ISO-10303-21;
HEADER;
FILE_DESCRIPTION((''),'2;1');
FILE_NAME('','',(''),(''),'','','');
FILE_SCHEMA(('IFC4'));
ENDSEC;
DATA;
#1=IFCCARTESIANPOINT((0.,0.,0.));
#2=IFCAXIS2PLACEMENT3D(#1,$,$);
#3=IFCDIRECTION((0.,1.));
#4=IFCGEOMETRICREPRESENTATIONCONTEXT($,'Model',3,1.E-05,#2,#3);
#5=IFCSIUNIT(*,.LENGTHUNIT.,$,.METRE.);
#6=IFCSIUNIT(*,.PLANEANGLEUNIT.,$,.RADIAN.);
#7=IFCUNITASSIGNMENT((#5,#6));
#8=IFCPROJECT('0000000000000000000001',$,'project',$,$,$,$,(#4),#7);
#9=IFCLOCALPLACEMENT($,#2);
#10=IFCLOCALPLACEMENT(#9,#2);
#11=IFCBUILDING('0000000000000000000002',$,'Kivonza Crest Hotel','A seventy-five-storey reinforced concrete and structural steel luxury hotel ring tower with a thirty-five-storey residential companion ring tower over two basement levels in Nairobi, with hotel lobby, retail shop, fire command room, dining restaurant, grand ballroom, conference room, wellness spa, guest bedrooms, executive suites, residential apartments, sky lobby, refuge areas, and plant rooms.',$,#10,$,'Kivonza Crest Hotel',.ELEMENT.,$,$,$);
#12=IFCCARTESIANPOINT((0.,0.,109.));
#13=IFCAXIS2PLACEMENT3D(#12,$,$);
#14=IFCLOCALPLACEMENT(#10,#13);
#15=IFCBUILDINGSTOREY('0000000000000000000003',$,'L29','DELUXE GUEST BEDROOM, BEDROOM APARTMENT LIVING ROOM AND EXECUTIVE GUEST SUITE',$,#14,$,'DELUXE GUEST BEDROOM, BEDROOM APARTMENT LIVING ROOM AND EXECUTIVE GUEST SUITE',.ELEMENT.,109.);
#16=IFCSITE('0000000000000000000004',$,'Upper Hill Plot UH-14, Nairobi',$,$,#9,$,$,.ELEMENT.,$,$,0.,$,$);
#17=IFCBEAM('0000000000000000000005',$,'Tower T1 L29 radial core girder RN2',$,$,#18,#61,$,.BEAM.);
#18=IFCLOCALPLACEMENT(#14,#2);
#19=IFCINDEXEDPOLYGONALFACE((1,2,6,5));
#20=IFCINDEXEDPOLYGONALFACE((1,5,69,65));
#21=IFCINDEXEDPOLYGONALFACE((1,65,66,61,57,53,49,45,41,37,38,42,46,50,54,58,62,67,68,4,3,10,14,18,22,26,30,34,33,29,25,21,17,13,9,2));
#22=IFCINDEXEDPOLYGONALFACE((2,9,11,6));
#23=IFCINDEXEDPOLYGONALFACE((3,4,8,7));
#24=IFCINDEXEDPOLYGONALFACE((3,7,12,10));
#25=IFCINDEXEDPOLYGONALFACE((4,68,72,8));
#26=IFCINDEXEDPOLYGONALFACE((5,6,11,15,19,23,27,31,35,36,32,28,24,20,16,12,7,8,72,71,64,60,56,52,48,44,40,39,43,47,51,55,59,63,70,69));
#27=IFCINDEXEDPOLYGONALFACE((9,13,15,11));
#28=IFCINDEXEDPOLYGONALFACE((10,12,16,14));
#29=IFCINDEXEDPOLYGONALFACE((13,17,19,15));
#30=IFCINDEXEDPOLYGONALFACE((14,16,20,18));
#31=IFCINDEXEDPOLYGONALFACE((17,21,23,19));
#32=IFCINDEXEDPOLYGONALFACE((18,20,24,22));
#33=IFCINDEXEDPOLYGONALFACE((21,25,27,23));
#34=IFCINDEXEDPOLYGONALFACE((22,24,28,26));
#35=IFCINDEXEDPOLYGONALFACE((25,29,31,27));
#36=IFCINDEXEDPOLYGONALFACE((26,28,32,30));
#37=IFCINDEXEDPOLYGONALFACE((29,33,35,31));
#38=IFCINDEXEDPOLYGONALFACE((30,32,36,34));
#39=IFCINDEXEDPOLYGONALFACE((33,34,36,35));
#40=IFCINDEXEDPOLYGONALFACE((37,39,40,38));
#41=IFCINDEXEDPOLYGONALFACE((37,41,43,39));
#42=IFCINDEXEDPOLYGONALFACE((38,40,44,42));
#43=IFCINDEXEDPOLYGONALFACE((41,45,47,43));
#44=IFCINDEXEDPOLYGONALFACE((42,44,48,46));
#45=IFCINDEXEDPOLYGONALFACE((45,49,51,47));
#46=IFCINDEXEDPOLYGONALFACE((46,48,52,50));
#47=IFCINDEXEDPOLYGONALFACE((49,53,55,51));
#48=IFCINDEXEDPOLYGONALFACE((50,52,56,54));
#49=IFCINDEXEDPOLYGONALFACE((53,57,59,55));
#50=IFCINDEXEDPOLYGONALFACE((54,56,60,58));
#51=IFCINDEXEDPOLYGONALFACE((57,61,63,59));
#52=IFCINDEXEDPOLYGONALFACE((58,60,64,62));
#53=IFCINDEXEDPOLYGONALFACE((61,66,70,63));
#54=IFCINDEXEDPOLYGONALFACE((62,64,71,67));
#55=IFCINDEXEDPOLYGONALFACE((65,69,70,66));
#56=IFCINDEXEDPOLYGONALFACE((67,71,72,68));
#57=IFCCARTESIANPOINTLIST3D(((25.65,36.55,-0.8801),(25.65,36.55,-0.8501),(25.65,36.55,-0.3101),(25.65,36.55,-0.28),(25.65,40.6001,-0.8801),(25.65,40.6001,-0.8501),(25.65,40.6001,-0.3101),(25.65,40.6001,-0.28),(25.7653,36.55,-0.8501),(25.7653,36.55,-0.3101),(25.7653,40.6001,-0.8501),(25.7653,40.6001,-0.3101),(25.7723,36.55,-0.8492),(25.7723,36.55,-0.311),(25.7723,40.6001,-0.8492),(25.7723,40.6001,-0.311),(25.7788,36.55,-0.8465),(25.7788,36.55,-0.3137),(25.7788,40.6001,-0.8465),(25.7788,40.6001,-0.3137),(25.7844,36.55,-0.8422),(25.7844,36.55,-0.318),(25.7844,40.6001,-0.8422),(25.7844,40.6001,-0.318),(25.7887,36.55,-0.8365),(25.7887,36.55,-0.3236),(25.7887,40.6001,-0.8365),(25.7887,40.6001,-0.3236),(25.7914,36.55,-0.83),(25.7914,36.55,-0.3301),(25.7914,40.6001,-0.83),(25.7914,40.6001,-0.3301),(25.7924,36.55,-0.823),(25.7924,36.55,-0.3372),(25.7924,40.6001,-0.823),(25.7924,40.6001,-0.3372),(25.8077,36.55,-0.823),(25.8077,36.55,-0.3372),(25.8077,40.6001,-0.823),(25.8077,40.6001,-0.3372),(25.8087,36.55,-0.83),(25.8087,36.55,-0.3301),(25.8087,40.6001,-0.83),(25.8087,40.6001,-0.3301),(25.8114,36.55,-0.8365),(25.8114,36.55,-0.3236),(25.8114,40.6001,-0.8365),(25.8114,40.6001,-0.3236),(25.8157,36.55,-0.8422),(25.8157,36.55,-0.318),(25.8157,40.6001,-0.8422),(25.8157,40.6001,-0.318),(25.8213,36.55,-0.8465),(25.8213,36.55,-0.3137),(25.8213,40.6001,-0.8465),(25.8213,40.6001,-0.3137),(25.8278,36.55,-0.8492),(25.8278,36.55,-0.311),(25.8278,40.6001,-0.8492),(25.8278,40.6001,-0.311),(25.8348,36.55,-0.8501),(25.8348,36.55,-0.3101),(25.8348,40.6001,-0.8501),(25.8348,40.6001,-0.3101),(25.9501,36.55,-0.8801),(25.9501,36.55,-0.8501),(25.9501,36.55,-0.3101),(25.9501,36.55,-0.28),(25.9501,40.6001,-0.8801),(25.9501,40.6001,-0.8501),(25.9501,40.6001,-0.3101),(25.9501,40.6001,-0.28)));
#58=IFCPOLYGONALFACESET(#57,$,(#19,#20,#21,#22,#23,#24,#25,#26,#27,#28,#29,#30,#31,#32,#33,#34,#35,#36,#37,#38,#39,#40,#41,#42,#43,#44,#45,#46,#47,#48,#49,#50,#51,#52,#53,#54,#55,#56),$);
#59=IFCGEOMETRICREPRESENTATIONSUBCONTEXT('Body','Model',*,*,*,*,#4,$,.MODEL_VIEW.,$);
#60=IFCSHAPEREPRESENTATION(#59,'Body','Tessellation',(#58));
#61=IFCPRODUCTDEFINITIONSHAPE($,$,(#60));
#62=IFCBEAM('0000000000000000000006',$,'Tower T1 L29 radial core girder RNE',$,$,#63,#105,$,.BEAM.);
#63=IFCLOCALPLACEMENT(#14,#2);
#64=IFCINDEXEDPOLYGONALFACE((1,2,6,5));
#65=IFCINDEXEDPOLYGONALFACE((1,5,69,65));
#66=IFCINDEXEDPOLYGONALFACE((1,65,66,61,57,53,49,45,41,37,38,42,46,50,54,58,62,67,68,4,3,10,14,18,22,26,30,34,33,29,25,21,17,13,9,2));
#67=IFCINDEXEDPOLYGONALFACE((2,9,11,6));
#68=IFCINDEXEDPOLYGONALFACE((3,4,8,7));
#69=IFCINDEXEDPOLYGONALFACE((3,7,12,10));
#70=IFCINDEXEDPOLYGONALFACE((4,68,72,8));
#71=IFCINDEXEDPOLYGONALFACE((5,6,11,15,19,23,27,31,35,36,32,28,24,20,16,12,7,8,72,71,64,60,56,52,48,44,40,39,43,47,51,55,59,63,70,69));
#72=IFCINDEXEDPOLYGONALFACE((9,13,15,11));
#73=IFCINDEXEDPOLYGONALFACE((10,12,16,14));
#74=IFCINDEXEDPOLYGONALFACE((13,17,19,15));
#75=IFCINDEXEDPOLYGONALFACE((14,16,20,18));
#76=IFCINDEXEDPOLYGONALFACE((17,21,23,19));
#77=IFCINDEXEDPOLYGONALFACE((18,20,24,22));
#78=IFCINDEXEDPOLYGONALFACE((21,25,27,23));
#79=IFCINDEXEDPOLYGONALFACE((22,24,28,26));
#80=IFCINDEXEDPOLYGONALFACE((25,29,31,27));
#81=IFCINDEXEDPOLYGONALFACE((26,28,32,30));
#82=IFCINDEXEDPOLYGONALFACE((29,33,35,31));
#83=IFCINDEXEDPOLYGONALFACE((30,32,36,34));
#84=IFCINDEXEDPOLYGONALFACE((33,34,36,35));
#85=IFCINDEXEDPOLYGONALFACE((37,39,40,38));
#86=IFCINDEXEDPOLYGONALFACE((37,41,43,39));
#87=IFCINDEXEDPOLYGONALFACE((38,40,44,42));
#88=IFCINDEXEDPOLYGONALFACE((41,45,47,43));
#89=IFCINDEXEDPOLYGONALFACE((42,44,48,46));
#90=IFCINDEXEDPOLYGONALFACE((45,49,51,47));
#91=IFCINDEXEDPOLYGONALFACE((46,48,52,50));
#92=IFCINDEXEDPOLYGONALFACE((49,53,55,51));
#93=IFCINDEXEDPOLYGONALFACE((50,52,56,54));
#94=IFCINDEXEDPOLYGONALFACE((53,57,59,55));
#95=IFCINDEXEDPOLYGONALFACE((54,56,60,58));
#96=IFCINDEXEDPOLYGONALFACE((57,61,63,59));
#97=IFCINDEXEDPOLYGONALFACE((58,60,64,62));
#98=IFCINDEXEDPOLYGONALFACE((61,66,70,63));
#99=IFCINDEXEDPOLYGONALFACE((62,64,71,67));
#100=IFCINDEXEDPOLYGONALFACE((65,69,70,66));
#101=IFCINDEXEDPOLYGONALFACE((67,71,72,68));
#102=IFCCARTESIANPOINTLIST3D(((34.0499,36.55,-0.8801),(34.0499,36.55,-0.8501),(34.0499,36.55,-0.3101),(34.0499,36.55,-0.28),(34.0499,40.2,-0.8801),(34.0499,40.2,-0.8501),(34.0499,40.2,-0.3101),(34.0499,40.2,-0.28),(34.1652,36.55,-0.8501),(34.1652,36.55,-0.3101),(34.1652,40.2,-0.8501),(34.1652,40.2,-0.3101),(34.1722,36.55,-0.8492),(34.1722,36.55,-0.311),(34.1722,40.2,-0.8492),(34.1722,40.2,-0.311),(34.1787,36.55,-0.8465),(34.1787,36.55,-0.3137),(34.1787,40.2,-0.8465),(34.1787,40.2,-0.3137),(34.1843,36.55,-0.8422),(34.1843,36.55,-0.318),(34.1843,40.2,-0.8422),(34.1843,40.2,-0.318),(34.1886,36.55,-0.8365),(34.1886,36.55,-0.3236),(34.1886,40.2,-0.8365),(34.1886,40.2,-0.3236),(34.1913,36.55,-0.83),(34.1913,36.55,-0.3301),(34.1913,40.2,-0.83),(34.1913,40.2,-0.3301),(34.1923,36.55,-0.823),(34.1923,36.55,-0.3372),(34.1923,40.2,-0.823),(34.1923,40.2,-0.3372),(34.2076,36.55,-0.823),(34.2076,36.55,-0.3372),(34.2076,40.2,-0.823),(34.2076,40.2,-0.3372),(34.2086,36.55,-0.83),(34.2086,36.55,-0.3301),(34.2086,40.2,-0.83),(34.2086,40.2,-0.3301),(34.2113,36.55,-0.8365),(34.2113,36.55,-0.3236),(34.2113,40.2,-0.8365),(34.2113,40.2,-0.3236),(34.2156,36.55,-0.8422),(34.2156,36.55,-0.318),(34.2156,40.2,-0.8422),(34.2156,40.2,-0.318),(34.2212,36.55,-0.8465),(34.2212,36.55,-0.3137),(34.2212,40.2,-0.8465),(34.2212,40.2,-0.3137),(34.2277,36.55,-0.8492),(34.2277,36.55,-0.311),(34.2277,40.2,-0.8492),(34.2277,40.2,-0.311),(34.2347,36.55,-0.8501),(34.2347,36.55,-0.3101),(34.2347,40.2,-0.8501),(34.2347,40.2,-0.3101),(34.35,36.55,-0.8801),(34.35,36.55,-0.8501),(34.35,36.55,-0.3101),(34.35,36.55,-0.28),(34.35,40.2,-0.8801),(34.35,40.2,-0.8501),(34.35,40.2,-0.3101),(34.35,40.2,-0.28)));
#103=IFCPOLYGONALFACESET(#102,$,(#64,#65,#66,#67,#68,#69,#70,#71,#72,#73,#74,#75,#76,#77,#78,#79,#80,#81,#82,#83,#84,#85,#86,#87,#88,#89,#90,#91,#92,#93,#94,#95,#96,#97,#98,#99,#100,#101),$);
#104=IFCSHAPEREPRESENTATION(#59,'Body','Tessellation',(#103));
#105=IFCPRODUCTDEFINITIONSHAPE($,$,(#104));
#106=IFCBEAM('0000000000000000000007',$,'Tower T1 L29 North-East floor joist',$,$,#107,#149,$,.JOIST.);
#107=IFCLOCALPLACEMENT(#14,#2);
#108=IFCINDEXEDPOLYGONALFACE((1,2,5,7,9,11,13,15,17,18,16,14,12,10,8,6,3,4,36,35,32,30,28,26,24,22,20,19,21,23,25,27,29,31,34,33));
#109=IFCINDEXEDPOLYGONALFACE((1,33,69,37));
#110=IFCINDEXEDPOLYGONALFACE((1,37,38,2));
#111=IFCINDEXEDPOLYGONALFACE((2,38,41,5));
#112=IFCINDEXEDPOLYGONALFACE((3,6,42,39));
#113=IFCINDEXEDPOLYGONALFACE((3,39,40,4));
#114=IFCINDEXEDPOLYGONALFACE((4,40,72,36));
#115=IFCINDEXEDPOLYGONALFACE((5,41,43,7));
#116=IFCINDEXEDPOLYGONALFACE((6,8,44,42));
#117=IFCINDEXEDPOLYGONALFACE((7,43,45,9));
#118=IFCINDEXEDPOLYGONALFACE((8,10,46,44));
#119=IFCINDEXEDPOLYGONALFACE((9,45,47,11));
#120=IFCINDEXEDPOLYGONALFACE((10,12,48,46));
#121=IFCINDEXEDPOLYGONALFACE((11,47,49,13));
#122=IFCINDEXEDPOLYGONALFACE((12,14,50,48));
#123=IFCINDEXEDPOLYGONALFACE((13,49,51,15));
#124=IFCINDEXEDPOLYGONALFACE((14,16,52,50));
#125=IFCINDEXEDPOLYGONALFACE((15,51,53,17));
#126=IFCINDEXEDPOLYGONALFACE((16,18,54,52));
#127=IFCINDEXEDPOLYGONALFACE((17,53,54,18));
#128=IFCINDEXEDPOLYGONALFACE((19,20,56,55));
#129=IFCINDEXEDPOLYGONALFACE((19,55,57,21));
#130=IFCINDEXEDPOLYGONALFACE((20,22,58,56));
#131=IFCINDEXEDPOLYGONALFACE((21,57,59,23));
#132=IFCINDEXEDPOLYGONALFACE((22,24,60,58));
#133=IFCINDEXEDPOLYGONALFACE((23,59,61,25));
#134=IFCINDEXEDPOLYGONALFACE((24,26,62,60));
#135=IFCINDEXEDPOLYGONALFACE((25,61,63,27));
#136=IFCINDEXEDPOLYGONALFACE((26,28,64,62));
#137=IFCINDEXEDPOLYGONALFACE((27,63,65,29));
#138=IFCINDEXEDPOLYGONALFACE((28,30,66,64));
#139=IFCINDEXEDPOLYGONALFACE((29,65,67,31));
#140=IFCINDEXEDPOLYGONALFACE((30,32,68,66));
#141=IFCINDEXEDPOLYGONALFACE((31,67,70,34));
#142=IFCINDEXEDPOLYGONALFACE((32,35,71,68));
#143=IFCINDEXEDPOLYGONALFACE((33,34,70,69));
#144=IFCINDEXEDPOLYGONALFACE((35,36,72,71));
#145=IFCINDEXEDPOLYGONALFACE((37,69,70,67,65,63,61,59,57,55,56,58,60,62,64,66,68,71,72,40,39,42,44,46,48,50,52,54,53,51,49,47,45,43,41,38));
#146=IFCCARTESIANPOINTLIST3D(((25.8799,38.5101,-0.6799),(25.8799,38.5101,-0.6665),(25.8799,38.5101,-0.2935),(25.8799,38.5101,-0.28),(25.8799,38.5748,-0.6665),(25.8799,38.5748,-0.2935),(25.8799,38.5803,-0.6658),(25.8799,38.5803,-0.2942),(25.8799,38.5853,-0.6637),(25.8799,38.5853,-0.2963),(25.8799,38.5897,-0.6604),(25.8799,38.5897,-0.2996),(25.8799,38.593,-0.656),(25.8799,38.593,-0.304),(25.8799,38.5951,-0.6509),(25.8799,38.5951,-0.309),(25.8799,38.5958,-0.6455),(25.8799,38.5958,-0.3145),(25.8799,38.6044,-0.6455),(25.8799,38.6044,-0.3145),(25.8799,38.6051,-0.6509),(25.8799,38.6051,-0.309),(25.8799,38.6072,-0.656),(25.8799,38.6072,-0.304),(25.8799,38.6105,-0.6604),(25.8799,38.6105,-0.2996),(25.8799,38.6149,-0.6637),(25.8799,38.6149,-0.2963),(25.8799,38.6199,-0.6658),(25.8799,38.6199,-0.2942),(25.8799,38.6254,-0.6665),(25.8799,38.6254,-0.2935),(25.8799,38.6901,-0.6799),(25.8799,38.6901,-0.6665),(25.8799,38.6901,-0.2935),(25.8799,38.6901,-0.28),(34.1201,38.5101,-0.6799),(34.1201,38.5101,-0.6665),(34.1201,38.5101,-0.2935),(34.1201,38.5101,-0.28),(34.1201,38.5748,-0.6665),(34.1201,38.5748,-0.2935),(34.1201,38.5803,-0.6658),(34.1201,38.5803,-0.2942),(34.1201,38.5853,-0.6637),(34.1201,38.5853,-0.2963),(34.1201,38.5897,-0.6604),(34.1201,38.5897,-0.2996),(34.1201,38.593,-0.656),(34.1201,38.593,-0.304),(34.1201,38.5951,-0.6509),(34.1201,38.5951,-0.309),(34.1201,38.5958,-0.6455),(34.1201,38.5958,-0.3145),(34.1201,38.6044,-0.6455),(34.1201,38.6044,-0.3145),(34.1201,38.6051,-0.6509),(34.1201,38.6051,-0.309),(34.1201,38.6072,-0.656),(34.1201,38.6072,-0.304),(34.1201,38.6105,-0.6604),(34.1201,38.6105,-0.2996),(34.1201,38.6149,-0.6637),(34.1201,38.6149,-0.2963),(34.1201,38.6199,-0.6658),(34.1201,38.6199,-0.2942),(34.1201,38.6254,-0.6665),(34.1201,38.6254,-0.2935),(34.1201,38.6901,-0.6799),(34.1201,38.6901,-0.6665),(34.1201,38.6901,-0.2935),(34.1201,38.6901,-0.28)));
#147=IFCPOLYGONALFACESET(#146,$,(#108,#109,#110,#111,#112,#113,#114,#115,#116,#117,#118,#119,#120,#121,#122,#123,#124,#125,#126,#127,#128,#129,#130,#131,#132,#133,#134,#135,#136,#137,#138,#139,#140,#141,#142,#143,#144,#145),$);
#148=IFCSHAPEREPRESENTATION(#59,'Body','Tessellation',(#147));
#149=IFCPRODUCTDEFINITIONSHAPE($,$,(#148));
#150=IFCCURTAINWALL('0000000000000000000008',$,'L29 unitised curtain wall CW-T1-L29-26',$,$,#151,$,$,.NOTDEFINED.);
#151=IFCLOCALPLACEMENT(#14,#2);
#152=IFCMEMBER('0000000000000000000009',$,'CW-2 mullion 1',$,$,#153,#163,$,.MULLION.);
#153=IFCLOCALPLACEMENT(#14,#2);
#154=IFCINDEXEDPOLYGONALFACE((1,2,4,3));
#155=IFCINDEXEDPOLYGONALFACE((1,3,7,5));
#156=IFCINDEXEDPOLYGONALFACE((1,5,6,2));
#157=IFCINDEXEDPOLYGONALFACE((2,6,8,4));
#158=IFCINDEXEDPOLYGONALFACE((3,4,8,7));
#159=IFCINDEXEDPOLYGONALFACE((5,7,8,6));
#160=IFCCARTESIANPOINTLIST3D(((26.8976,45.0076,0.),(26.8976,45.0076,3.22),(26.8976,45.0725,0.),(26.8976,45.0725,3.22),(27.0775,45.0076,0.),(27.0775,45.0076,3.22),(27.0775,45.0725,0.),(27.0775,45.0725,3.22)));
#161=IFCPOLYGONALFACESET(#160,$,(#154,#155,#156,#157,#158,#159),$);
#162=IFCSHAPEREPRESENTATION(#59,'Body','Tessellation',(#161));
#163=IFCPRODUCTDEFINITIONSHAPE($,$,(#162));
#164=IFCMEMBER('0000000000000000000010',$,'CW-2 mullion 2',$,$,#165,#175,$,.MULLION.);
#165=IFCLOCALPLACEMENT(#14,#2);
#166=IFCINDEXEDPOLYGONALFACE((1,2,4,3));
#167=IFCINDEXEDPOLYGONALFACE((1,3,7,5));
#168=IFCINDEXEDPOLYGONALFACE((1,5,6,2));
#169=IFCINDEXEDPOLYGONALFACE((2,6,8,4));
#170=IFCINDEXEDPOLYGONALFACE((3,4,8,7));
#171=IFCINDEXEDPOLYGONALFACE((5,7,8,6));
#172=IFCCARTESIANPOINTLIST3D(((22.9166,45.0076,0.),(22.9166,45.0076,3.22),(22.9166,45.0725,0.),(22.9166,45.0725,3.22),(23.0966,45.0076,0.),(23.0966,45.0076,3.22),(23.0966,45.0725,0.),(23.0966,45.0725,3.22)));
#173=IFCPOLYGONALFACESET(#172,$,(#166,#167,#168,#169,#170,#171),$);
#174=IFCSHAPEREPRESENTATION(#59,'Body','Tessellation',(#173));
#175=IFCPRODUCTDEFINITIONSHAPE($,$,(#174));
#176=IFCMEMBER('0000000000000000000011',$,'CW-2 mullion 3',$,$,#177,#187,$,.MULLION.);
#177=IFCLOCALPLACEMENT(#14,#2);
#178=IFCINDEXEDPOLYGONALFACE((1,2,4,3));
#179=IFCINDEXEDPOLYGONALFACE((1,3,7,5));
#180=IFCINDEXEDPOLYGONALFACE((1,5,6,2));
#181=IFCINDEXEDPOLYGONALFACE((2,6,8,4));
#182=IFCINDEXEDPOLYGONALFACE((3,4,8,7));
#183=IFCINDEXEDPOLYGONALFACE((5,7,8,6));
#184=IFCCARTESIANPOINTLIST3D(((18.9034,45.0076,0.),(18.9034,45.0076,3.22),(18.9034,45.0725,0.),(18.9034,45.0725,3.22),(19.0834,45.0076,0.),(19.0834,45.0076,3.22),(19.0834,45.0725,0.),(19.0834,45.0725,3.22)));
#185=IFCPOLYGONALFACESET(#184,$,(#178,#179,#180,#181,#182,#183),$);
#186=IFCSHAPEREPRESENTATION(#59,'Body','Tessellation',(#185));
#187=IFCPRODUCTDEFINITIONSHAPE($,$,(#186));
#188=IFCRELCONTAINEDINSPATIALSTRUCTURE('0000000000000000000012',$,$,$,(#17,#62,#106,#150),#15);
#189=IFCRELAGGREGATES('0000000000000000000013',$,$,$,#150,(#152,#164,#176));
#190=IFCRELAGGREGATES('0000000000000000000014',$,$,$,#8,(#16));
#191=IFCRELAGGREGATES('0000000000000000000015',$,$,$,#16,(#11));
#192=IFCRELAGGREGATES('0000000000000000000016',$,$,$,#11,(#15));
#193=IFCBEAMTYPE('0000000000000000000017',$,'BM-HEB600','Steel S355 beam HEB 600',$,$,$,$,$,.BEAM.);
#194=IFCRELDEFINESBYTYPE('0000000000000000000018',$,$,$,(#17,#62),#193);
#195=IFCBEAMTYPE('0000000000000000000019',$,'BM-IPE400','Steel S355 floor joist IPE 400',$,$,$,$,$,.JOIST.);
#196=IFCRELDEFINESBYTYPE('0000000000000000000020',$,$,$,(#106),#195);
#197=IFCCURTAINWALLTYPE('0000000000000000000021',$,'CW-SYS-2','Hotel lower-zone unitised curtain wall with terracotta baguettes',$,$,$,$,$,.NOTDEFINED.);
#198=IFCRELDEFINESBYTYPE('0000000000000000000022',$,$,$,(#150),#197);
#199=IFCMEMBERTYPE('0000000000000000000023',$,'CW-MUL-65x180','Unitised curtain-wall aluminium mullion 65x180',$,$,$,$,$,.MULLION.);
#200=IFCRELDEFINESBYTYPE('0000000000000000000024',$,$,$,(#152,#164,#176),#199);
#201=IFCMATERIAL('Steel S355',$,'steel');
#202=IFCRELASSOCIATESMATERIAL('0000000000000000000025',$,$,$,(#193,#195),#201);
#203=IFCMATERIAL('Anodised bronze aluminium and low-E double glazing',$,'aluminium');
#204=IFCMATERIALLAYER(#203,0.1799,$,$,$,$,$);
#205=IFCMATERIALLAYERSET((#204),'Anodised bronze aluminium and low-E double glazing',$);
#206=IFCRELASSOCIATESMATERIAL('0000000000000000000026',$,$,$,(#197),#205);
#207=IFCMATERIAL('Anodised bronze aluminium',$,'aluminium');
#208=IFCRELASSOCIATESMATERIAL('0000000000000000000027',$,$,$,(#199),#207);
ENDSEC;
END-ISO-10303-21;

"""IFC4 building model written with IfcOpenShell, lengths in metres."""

from ifc_helpers import new_model, si_unit, direction, frame, origin, origin_2d, place, context, subcontext, project, spatial, rectangle, i_section, extrude, material, layer, layer_set, material_profile, profile_set, type_object, element, aggregate, save


model = new_model("IFC4")

# Units and contexts
model_context = context("Model", 3, precision=1e-05, world=origin(), true_north=direction((0.0, 1.0)))
body_context = subcontext(model_context, "Body", "Model", "MODEL_VIEW")
ifc_project = project(units=[si_unit("LENGTHUNIT", "METRE"), si_unit("PLANEANGLEUNIT", "RADIAN")], contexts=[model_context])

# Site, building, storey
site_placement = place(None, origin())
site = spatial("IfcSite", under=ifc_project, at=site_placement, Name="Upper Hill Plot UH-14, Nairobi", CompositionType="ELEMENT", RefElevation=0.0)
building_placement = place(site_placement, origin())
building = spatial("IfcBuilding", under=site, at=building_placement, Name="Kivonza Crest Hotel", Description="A seventy-five-storey reinforced concrete and structural steel luxury hotel ring tower with a thirty-five-storey residential companion ring tower over two basement levels in Nairobi, with hotel lobby, retail shop, fire command room, dining restaurant, grand ballroom, conference room, wellness spa, guest bedrooms, executive suites, residential apartments, sky lobby, refuge areas, and plant rooms.", LongName="Kivonza Crest Hotel", CompositionType="ELEMENT")
storey_placement = place(building_placement, frame((0.0, 0.0, 109.0)))
storey = spatial("IfcBuildingStorey", under=building, at=storey_placement, Name="L29", Description="DELUXE GUEST BEDROOM, BEDROOM APARTMENT LIVING ROOM AND EXECUTIVE GUEST SUITE", LongName="DELUXE GUEST BEDROOM, BEDROOM APARTMENT LIVING ROOM AND EXECUTIVE GUEST SUITE", CompositionType="ELEMENT", Elevation=109.0)

# Beams
ifc_material_1 = material(Name="Steel S355", Category="steel")
ifc_material_profile_1 = material_profile(ifc_material_1, i_section(OverallWidth=0.3, OverallDepth=0.6001, WebThickness=0.0154, FlangeThickness=0.03, FilletRadius=0.0271, at=origin_2d()), Name="HEB 600")
ifc_profile_set_1 = profile_set([ifc_material_profile_1], Name="Steel S355")
beam_type_1 = type_object("IfcBeamType", Name="BM-HEB600", Description="Steel S355 beam HEB 600", PredefinedType="BEAM", material=ifc_profile_set_1)
beam_1_placement = place(storey_placement, frame((25.8, 40.6001, -0.5801), z_axis=(0.0, -1.0, 0.0), x_axis=(1.0, 0.0, 0.0)))
element("IfcBeam", 1, at=beam_1_placement, inside=storey, type_object=beam_type_1, Name="Tower T1 L29 radial core girder RN2", PredefinedType="BEAM", context=body_context, shape_type="SweptSolid", body=[
    extrude(i_section(OverallWidth=0.3, OverallDepth=0.6001, WebThickness=0.0154, FlangeThickness=0.03, FilletRadius=0.0271, at=origin_2d()), origin(), (0.0, 0.0, 1.0), 4.05),
])
beam_2_placement = place(storey_placement, frame((34.2, 40.2, -0.5801), z_axis=(0.0, -1.0, 0.0), x_axis=(1.0, 0.0, 0.0)))
element("IfcBeam", 2, at=beam_2_placement, inside=storey, type_object=beam_type_1, Name="Tower T1 L29 radial core girder RNE", PredefinedType="BEAM", context=body_context, shape_type="SweptSolid", body=[
    extrude(i_section(OverallWidth=0.3, OverallDepth=0.6001, WebThickness=0.0154, FlangeThickness=0.03, FilletRadius=0.0271, at=origin_2d()), origin(), (0.0, 0.0, 1.0), 3.6499),
])
ifc_material_profile_2 = material_profile(ifc_material_1, i_section(OverallWidth=0.1799, OverallDepth=0.3999, WebThickness=0.0085, FlangeThickness=0.0134, FilletRadius=0.021, at=origin_2d()), Name="IPE 400")
ifc_profile_set_2 = profile_set([ifc_material_profile_2], Name="Steel S355")
beam_type_2 = type_object("IfcBeamType", Name="BM-IPE400", Description="Steel S355 floor joist IPE 400", PredefinedType="JOIST", material=ifc_profile_set_2)
beam_3_placement = place(storey_placement, frame((25.8799, 38.6001, -0.48), z_axis=(1.0, 0.0, 0.0), x_axis=(0.0, 1.0, 0.0)))
element("IfcBeam", 3, at=beam_3_placement, inside=storey, type_object=beam_type_2, Name="Tower T1 L29 North-East floor joist", PredefinedType="JOIST", context=body_context, shape_type="SweptSolid", body=[
    extrude(i_section(OverallWidth=0.1799, OverallDepth=0.3999, WebThickness=0.0085, FlangeThickness=0.0134, FilletRadius=0.021, at=origin_2d()), origin(), (0.0, 0.0, 1.0), 8.2402),
])

# Curtain wall, members
ifc_material_2 = material(Name="Anodised bronze aluminium and low-E double glazing", Category="aluminium")
ifc_layer_1 = layer(ifc_material_2, 0.1799)
ifc_layer_set_1 = layer_set([ifc_layer_1], Name="Anodised bronze aluminium and low-E double glazing")
curtain_wall_type = type_object("IfcCurtainWallType", Name="CW-SYS-2", Description="Hotel lower-zone unitised curtain wall with terracotta baguettes", PredefinedType="NOTDEFINED", material=ifc_layer_set_1)
curtain_wall_placement = place(storey_placement, origin())
curtain_wall = element("IfcCurtainWall", 4, at=curtain_wall_placement, inside=storey, type_object=curtain_wall_type, Name="L29 unitised curtain wall CW-T1-L29-26", PredefinedType="NOTDEFINED")
ifc_material_3 = material(Name="Anodised bronze aluminium", Category="aluminium")
ifc_material_profile_3 = material_profile(ifc_material_3, rectangle(XDim=0.0649, YDim=0.1799, at=origin_2d()), Name="CW-M 65x180")
ifc_profile_set_3 = profile_set([ifc_material_profile_3], Name="Anodised bronze aluminium")
member_type_1 = type_object("IfcMemberType", Name="CW-MUL-65x180", Description="Unitised curtain-wall aluminium mullion 65x180", PredefinedType="MULLION", material=ifc_profile_set_3)
member_1_placement = place(storey_placement, frame((26.9875, 45.04, 0.0), z_axis=(0.0, 0.0, 1.0), x_axis=(0.0, -1.0, 0.0)))
member_1 = element("IfcMember", 5, at=member_1_placement, type_object=member_type_1, Name="CW-2 mullion 1", PredefinedType="MULLION", context=body_context, shape_type="SweptSolid", body=[
    extrude(rectangle(XDim=0.0649, YDim=0.1799, at=origin_2d()), origin(), (0.0, 0.0, 1.0), 3.22),
])
member_2_placement = place(storey_placement, frame((23.0066, 45.04, 0.0), z_axis=(0.0, 0.0, 1.0), x_axis=(0.0, -1.0, 0.0)))
member_2 = element("IfcMember", 6, at=member_2_placement, type_object=member_type_1, Name="CW-2 mullion 2", PredefinedType="MULLION", context=body_context, shape_type="SweptSolid", body=[
    extrude(rectangle(XDim=0.0649, YDim=0.1799, at=origin_2d()), origin(), (0.0, 0.0, 1.0), 3.22),
])
member_3_placement = place(storey_placement, frame((18.9934, 45.04, 0.0), z_axis=(0.0, 0.0, 1.0), x_axis=(0.0, -1.0, 0.0)))
member_3 = element("IfcMember", 7, at=member_3_placement, type_object=member_type_1, Name="CW-2 mullion 3", PredefinedType="MULLION", context=body_context, shape_type="SweptSolid", body=[
    extrude(rectangle(XDim=0.0649, YDim=0.1799, at=origin_2d()), origin(), (0.0, 0.0, 1.0), 3.22),
])
aggregate(curtain_wall, [member_1, member_2, member_3])

save(model, "model.ifc")
